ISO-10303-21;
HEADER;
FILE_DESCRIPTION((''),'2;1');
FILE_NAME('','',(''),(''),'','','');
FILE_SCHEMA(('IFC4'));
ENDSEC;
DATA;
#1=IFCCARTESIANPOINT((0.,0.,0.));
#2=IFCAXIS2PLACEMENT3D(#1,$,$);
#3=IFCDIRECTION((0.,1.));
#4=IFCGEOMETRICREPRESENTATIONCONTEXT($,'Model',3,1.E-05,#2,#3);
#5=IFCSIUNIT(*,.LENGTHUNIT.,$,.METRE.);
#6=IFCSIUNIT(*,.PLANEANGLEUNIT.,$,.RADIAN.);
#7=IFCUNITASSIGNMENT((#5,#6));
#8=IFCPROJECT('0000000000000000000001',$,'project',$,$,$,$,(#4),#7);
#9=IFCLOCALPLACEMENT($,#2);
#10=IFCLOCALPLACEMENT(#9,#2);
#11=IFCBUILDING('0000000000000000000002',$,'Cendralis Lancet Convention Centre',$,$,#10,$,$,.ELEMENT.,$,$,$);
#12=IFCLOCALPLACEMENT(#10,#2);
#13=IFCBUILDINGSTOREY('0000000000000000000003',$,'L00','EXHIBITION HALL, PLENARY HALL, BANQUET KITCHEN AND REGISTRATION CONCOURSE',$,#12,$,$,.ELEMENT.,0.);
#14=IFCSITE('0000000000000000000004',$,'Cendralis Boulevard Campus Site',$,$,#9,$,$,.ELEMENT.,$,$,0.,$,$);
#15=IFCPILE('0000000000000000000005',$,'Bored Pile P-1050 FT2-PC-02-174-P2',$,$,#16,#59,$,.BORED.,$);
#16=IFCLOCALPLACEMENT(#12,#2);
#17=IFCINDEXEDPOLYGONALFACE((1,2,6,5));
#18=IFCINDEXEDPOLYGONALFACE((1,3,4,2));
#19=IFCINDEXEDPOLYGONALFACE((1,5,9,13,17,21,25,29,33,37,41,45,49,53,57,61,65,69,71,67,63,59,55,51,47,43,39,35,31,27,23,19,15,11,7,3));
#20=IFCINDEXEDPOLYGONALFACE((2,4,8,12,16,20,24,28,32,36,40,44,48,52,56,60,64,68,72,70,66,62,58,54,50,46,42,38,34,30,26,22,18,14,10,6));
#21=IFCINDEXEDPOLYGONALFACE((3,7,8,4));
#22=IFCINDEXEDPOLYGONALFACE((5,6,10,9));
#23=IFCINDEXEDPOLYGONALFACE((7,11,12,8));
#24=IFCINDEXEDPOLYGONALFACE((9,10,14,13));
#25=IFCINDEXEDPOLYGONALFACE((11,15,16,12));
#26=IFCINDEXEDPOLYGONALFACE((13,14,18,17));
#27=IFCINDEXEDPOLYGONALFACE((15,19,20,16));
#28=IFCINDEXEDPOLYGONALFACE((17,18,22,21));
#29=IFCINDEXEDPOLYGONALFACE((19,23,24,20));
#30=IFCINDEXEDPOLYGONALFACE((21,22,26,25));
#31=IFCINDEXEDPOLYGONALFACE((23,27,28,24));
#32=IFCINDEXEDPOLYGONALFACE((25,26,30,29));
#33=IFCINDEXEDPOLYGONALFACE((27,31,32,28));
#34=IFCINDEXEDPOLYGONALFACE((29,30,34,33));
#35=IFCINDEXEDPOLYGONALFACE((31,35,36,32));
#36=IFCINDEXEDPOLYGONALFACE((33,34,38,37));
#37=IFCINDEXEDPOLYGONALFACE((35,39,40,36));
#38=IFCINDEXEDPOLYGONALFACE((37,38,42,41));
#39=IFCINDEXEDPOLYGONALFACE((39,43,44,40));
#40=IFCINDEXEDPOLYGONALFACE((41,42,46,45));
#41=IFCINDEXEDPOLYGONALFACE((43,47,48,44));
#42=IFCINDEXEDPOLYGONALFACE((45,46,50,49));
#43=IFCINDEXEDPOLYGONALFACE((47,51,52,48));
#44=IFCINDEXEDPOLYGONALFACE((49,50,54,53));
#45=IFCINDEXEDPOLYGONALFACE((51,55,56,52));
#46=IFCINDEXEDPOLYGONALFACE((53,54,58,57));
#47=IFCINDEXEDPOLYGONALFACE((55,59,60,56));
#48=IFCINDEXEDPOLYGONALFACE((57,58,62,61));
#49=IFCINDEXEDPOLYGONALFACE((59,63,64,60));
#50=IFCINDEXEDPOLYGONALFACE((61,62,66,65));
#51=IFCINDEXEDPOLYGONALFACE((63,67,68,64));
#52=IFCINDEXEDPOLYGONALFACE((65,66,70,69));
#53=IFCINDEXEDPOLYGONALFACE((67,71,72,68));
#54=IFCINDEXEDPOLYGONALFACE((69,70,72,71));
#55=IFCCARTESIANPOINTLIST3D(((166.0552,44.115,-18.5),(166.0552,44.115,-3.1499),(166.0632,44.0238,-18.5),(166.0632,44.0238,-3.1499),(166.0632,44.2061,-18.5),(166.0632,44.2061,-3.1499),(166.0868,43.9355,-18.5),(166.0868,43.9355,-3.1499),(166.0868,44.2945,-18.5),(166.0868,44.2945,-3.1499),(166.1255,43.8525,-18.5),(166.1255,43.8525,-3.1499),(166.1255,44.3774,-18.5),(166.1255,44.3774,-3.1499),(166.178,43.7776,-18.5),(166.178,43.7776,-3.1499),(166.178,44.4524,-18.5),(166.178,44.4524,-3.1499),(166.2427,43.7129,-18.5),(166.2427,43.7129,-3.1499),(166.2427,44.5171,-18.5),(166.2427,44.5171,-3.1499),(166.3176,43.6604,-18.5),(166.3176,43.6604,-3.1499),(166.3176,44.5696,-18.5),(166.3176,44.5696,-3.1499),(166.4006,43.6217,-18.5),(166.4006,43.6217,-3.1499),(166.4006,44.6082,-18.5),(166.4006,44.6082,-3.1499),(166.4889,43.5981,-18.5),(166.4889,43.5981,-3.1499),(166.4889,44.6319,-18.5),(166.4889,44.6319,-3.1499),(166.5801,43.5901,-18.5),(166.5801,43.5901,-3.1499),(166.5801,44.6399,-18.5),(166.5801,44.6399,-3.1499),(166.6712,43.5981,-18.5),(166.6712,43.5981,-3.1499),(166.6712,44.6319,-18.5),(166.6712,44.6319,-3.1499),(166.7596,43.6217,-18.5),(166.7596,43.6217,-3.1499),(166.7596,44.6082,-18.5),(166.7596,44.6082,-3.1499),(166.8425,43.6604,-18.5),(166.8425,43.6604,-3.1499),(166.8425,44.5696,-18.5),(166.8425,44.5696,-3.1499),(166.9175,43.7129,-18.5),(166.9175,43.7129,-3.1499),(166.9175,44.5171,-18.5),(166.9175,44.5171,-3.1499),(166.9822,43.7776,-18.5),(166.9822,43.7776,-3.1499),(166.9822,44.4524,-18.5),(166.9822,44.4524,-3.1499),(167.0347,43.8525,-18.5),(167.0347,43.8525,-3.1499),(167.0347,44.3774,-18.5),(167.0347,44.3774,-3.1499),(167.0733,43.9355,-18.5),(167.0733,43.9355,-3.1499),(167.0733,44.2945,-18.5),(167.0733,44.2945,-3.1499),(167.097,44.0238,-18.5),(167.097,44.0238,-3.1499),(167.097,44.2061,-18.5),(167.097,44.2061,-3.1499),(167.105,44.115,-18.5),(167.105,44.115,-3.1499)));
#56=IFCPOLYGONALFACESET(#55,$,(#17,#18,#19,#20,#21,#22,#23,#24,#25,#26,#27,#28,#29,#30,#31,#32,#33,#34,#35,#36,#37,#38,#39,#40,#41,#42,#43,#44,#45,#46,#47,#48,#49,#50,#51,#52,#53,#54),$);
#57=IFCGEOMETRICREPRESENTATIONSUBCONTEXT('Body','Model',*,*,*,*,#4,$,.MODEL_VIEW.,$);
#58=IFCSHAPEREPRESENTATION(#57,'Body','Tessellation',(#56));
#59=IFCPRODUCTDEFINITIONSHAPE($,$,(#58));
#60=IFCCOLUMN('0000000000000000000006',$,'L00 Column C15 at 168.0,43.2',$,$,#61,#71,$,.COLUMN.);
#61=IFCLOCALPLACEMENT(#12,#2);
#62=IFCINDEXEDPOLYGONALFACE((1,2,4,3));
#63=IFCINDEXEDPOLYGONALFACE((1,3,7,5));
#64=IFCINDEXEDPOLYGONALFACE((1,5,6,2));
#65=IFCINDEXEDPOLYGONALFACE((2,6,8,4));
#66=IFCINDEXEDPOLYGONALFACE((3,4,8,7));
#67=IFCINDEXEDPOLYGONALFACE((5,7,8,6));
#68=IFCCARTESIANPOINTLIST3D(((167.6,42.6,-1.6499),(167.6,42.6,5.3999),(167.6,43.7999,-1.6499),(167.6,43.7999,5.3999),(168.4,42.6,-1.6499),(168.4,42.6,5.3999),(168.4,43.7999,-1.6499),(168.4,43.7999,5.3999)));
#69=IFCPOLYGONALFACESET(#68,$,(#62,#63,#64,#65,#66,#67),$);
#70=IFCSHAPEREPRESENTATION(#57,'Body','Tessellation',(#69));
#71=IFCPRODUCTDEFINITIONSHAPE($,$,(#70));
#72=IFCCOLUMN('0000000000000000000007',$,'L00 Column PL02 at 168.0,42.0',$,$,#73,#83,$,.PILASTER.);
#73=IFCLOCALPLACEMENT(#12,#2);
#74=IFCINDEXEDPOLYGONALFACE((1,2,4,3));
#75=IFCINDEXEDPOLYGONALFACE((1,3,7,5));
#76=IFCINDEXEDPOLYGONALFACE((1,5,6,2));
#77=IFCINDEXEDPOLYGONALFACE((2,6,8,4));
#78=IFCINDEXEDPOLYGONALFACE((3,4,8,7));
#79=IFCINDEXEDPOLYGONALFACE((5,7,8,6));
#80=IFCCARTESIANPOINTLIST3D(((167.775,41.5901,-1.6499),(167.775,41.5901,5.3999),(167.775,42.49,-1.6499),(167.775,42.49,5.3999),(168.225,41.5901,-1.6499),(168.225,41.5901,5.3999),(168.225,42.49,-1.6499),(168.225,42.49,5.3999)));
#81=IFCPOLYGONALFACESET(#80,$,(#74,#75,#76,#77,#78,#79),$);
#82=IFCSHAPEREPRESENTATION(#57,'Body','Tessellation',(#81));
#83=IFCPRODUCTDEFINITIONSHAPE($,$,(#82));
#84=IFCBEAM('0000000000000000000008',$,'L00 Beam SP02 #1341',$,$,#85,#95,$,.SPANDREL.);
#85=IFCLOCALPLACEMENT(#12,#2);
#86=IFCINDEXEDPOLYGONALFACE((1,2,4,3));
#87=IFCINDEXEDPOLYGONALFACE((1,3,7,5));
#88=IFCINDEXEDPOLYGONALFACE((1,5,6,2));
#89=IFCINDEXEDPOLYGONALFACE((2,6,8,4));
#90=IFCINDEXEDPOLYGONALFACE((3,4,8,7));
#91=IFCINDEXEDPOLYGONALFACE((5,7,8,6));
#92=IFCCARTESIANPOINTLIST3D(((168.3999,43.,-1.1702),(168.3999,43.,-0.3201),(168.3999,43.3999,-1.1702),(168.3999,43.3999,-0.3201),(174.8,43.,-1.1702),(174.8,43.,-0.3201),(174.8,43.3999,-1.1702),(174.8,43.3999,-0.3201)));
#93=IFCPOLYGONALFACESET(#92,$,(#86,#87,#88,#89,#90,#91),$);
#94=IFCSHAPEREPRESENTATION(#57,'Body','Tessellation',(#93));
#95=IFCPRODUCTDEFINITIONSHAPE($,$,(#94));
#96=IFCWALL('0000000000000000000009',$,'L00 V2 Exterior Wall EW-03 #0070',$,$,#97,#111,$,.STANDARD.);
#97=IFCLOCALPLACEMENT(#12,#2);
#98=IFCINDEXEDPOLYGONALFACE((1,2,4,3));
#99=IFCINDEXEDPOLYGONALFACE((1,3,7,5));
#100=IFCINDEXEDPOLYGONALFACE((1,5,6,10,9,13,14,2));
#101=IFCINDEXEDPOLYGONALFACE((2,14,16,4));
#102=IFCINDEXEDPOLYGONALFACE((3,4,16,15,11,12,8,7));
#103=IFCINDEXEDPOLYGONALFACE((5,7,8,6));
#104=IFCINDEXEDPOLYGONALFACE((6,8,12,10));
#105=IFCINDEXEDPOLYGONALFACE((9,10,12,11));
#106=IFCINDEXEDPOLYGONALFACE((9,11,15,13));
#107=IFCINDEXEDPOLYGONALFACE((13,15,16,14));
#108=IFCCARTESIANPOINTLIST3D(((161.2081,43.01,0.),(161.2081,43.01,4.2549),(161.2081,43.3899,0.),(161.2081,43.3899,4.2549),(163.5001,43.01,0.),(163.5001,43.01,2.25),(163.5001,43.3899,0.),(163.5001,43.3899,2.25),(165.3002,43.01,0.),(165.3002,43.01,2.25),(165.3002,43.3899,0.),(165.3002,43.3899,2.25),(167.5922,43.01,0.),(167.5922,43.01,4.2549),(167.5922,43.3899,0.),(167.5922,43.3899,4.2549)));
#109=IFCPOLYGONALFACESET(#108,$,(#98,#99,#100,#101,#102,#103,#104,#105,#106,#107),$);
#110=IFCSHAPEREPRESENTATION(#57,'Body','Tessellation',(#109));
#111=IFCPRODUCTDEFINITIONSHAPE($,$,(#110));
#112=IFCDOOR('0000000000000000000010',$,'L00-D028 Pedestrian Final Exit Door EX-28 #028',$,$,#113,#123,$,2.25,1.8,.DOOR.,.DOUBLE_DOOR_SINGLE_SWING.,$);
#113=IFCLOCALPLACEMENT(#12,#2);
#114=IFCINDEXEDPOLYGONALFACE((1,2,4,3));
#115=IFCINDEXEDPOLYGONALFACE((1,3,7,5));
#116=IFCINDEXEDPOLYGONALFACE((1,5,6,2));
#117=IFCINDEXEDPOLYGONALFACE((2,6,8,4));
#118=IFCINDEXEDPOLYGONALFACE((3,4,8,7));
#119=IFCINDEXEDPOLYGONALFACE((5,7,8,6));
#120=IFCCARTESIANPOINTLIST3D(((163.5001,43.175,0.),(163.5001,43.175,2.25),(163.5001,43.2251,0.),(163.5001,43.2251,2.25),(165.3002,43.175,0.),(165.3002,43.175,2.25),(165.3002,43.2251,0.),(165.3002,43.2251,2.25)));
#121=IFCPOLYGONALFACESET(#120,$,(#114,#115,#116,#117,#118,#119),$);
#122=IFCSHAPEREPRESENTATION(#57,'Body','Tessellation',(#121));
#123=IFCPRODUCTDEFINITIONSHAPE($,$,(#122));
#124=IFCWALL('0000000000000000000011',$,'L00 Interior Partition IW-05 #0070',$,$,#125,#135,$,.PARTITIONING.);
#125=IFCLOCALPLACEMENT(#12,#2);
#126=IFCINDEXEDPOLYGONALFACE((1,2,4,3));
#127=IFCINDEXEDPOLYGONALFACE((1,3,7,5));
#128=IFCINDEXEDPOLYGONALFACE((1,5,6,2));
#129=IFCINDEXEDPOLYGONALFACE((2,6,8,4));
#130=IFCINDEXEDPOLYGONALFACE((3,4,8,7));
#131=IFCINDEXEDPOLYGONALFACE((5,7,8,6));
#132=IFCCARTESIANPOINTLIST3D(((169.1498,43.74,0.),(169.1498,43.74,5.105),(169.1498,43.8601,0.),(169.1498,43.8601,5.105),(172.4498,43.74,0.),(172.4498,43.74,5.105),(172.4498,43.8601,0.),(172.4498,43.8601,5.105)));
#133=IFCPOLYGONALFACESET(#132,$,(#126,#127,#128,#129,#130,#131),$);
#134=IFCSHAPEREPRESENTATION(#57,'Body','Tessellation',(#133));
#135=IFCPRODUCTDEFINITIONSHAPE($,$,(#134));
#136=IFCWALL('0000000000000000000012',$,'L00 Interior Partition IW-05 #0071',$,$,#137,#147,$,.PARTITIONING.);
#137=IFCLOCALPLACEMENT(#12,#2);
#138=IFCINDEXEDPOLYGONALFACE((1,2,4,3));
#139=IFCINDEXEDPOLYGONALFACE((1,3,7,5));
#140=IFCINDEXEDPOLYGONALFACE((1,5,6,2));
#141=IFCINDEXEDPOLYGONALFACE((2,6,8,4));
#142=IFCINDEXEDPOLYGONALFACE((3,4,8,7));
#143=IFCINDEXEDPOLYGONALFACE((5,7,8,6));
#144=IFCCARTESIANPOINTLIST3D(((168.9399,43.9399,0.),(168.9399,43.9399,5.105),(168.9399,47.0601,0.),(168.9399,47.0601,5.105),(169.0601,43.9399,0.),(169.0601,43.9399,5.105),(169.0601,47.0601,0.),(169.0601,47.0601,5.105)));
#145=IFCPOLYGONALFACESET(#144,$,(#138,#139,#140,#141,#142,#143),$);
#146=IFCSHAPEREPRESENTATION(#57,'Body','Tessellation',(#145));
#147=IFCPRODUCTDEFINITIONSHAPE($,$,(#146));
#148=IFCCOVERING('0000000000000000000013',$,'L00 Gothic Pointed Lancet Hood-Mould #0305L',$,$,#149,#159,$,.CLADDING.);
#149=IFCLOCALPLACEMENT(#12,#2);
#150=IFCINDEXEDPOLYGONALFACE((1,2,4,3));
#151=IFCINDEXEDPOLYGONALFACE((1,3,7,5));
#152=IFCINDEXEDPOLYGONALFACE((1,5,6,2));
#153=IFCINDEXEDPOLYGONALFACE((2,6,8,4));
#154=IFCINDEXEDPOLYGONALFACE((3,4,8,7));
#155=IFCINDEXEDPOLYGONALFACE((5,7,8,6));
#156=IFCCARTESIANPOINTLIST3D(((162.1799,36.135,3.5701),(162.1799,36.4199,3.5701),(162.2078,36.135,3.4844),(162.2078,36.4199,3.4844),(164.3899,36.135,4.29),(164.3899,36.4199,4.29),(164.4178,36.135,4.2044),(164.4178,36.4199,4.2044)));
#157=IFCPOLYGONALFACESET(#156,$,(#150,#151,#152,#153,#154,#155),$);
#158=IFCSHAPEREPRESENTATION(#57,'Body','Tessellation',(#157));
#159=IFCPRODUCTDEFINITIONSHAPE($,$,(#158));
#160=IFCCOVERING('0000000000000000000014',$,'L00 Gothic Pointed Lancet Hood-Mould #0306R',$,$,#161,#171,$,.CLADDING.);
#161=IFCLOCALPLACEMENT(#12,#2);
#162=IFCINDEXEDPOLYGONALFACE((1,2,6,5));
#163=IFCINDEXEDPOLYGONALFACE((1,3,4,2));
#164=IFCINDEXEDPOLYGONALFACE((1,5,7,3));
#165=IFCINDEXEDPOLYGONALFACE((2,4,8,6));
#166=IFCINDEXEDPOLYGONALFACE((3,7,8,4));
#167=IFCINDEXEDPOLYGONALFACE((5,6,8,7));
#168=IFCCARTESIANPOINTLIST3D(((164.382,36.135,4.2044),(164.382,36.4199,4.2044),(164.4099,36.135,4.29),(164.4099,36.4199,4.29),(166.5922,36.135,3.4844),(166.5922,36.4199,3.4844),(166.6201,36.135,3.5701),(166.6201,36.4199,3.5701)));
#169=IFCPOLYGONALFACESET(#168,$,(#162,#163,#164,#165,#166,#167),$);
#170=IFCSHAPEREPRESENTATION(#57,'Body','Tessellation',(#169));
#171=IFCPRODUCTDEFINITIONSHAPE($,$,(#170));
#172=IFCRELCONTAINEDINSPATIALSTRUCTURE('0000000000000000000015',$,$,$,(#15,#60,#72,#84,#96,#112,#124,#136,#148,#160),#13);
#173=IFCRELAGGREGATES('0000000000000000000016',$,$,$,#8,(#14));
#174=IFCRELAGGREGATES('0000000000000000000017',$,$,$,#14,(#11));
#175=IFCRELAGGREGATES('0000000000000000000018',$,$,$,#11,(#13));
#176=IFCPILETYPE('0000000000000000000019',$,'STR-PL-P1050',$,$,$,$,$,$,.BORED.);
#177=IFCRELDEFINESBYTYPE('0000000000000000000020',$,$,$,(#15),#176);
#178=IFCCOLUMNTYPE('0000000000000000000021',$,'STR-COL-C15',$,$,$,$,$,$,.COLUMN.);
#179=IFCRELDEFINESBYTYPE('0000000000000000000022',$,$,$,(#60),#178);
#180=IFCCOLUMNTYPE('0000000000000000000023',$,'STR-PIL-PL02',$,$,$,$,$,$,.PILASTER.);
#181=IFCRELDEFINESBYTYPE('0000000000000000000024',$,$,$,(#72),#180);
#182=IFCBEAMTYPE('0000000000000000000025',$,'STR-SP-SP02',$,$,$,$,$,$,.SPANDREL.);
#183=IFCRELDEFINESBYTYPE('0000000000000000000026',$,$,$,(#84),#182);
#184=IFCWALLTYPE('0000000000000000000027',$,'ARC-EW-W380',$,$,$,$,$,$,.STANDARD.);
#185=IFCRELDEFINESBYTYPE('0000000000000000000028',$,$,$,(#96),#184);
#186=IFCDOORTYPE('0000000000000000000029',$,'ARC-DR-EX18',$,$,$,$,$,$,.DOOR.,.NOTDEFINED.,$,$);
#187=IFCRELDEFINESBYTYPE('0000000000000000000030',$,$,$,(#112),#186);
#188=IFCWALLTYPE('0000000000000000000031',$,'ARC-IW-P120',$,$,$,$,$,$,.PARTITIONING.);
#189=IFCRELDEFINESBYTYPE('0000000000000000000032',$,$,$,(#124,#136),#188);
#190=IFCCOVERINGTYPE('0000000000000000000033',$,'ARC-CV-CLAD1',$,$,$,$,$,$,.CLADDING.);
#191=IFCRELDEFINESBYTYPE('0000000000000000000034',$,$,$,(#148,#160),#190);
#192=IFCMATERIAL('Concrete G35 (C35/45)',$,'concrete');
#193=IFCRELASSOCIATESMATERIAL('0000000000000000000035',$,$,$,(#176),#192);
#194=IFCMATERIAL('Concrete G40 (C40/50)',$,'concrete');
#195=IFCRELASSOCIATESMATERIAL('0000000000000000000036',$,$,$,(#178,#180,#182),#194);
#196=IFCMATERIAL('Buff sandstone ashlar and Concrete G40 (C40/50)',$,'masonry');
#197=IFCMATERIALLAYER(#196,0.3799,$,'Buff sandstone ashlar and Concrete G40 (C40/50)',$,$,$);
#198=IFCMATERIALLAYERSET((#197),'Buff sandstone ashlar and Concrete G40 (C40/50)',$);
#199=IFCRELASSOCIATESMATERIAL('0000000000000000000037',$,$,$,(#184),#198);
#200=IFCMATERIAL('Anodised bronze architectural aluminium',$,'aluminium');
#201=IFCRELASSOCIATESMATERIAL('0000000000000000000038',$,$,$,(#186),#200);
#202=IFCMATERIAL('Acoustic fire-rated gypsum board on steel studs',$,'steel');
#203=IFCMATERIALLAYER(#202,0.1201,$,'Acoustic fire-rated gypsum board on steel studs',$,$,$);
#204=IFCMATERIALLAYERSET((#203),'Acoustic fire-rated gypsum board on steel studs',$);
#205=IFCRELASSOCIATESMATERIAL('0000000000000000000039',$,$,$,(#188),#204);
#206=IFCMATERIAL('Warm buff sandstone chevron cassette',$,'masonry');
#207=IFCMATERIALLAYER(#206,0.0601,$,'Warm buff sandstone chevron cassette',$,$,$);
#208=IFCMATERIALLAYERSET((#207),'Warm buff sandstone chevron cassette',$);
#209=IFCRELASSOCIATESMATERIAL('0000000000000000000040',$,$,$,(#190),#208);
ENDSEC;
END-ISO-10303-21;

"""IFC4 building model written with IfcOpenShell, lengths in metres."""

from ifc_helpers import new_model, si_unit, direction, frame, frame_2d, origin, origin_2d, place, context, subcontext, project, spatial, polyline, rectangle, circle, outline, extrude, material, layer, layer_set, material_profile, profile_set, type_object, element, fill, save


model = new_model("IFC4")

# Units and contexts
model_context = context("Model", 3, precision=1e-05, world=origin(), true_north=direction((0.0, 1.0)))
body_context = subcontext(model_context, "Body", "Model", "MODEL_VIEW")
ifc_project = project(units=[si_unit("LENGTHUNIT", "METRE"), si_unit("PLANEANGLEUNIT", "RADIAN")], contexts=[model_context])

# Site, building, storey
site_placement = place(None, origin())
site = spatial("IfcSite", under=ifc_project, at=site_placement, Name="Cendralis Boulevard Campus Site", CompositionType="ELEMENT", RefElevation=0.0)
building_placement = place(site_placement, origin())
building = spatial("IfcBuilding", under=site, at=building_placement, Name="Cendralis Lancet Convention Centre", CompositionType="ELEMENT")
storey_placement = place(building_placement, origin())
storey = spatial("IfcBuildingStorey", under=building, at=storey_placement, Name="L00", Description="EXHIBITION HALL, PLENARY HALL, BANQUET KITCHEN AND REGISTRATION CONCOURSE", CompositionType="ELEMENT", Elevation=0.0)

# Shared definitions
ifc_material_1 = material(Name="Concrete G35 (C35/45)", Category="concrete")

# Pile
ifc_material_profile_1 = material_profile(ifc_material_1, circle(Radius=0.5249, at=origin_2d()), Name="BORED PILE D1050")
ifc_profile_set_1 = profile_set([ifc_material_profile_1], Name="Concrete G35 (C35/45)")
pile_type = type_object("IfcPileType", Name="STR-PL-P1050", PredefinedType="BORED", material=ifc_profile_set_1)
for number, where, z_axis, x_axis, name in (
    (1, (166.5801, 44.115, -3.1499), (0.0, 0.0, -1.0), (1.0, 0.0, 0.0), "Bored Pile P-1050 FT2-PC-02-174-P2"),
):
    element("IfcPile", number, at=place(storey_placement, frame(where, z_axis=z_axis, x_axis=x_axis)), inside=storey, type_object=pile_type, Name=name, PredefinedType="BORED", context=body_context, shape_type="SweptSolid", body=[
        extrude(circle(Radius=0.5249, at=origin_2d()), origin(), (0.0, 0.0, 1.0), 15.3501),
    ])

# Columns
ifc_material_2 = material(Name="Concrete G40 (C40/50)", Category="concrete")
ifc_material_profile_2 = material_profile(ifc_material_2, rectangle(XDim=0.8, YDim=1.2, at=origin_2d()), Name="RC 800x1200")
ifc_profile_set_2 = profile_set([ifc_material_profile_2], Name="Concrete G40 (C40/50)")
column_type_1 = type_object("IfcColumnType", Name="STR-COL-C15", PredefinedType="COLUMN", material=ifc_profile_set_2)
column_1_placement = place(storey_placement, frame((168.0, 43.2, -1.6499), z_axis=(0.0, 0.0, 1.0), x_axis=(1.0, 0.0, 0.0)))
element("IfcColumn", 2, at=column_1_placement, inside=storey, type_object=column_type_1, Name="L00 Column C15 at 168.0,43.2", PredefinedType="COLUMN", context=body_context, shape_type="SweptSolid", body=[
    extrude(rectangle(XDim=0.8, YDim=1.2, at=origin_2d()), origin(), (0.0, 0.0, 1.0), 7.0498),
])
ifc_material_profile_3 = material_profile(ifc_material_2, rectangle(XDim=0.45, YDim=0.8999, at=origin_2d()), Name="RC 450x900")
ifc_profile_set_3 = profile_set([ifc_material_profile_3], Name="Concrete G40 (C40/50)")
column_type_2 = type_object("IfcColumnType", Name="STR-PIL-PL02", PredefinedType="PILASTER", material=ifc_profile_set_3)
column_2_placement = place(storey_placement, frame((168.0, 42.04, -1.6499), z_axis=(0.0, 0.0, 1.0), x_axis=(1.0, 0.0, 0.0)))
element("IfcColumn", 3, at=column_2_placement, inside=storey, type_object=column_type_2, Name="L00 Column PL02 at 168.0,42.0", PredefinedType="PILASTER", context=body_context, shape_type="SweptSolid", body=[
    extrude(rectangle(XDim=0.45, YDim=0.8999, at=origin_2d()), origin(), (0.0, 0.0, 1.0), 7.0498),
])

# Beam
ifc_material_profile_4 = material_profile(ifc_material_2, rectangle(XDim=0.3999, YDim=0.8501, at=origin_2d()), Name="RCB 400x850")
ifc_profile_set_4 = profile_set([ifc_material_profile_4], Name="Concrete G40 (C40/50)")
beam_type = type_object("IfcBeamType", Name="STR-SP-SP02", PredefinedType="SPANDREL", material=ifc_profile_set_4)
beam_placement = place(storey_placement, frame((168.3999, 43.2, -0.7451), z_axis=(1.0, 0.0, 0.0), x_axis=(0.0, 1.0, 0.0)))
element("IfcBeam", 4, at=beam_placement, inside=storey, type_object=beam_type, Name="L00 Beam SP02 #1341", PredefinedType="SPANDREL", context=body_context, shape_type="SweptSolid", body=[
    extrude(rectangle(XDim=0.3999, YDim=0.8501, at=origin_2d()), origin(), (0.0, 0.0, 1.0), 6.4001),
])

# Wall, opening, door
ifc_material_3 = material(Name="Buff sandstone ashlar and Concrete G40 (C40/50)", Category="masonry")
ifc_layer_1 = layer(ifc_material_3, 0.3799, Name="Buff sandstone ashlar and Concrete G40 (C40/50)")
ifc_layer_set_1 = layer_set([ifc_layer_1], Name="Buff sandstone ashlar and Concrete G40 (C40/50)")
wall_type_1 = type_object("IfcWallType", Name="ARC-EW-W380", PredefinedType="STANDARD", material=ifc_layer_set_1)
wall_1_placement = place(storey_placement, frame((167.592, 43.2, 0.0), z_axis=(0.0, 0.0, 1.0), x_axis=(-1.0, 0.0, 0.0)))
wall_1 = element("IfcWall", 5, at=wall_1_placement, inside=storey, type_object=wall_type_1, Name="L00 V2 Exterior Wall EW-03 #0070", PredefinedType="STANDARD", context=body_context, shape_type="SweptSolid", body=[
    extrude(rectangle(XDim=6.384, YDim=0.3799, at=frame_2d((3.1919, 0.0))), origin(), (0.0, 0.0, 1.0), 4.2549),
])
opening_placement = place(wall_1_placement, frame((2.292, 0.0, 0.0)))
opening = element("IfcOpeningElement", 6, at=opening_placement, cuts=wall_1, PredefinedType="OPENING", context=body_context, shape_type="SweptSolid", body=[
    extrude(rectangle(XDim=1.8, YDim=2.25, at=frame_2d((0.8999, 1.125))), frame((0.0, 0.2, 0.0), z_axis=(0.0, -1.0, 0.0), x_axis=(1.0, 0.0, 0.0)), (0.0, 0.0, 1.0), 0.3999),
])
ifc_material_4 = material(Name="Anodised bronze architectural aluminium", Category="aluminium")
door_type = type_object("IfcDoorType", Name="ARC-DR-EX18", OperationType="NOTDEFINED", PredefinedType="DOOR", material=ifc_material_4)
door_placement = place(opening_placement, origin())
door = element("IfcDoor", 7, at=door_placement, inside=storey, type_object=door_type, Name="L00-D028 Pedestrian Final Exit Door EX-28 #028", OperationType="DOUBLE_DOOR_SINGLE_SWING", OverallHeight=2.25, OverallWidth=1.8, PredefinedType="DOOR", context=body_context, shape_type="SweptSolid", body=[
    extrude(rectangle(XDim=1.8, YDim=2.25, at=frame_2d((0.8999, 1.125))), frame((0.0, 0.0249, 0.0), z_axis=(0.0, -1.0, 0.0), x_axis=(1.0, 0.0, 0.0)), (0.0, 0.0, 1.0), 0.05),
])
fill(opening, door)

# Walls
ifc_material_5 = material(Name="Acoustic fire-rated gypsum board on steel studs", Category="steel")
ifc_layer_2 = layer(ifc_material_5, 0.1201, Name="Acoustic fire-rated gypsum board on steel studs")
ifc_layer_set_2 = layer_set([ifc_layer_2], Name="Acoustic fire-rated gypsum board on steel studs")
wall_type_2 = type_object("IfcWallType", Name="ARC-IW-P120", PredefinedType="PARTITIONING", material=ifc_layer_set_2)
wall_2_placement = place(storey_placement, frame((169.1499, 43.8, 0.0), z_axis=(0.0, 0.0, 1.0), x_axis=(1.0, 0.0, 0.0)))
element("IfcWall", 8, at=wall_2_placement, inside=storey, type_object=wall_type_2, Name="L00 Interior Partition IW-05 #0070", PredefinedType="PARTITIONING", context=body_context, shape_type="SweptSolid", body=[
    extrude(rectangle(XDim=3.3, YDim=0.1201, at=frame_2d((1.6499, 0.0))), origin(), (0.0, 0.0, 1.0), 5.105),
])
wall_3_placement = place(storey_placement, frame((169.0, 43.9399, 0.0), z_axis=(0.0, 0.0, 1.0), x_axis=(0.0, 1.0, 0.0)))
element("IfcWall", 9, at=wall_3_placement, inside=storey, type_object=wall_type_2, Name="L00 Interior Partition IW-05 #0071", PredefinedType="PARTITIONING", context=body_context, shape_type="SweptSolid", body=[
    extrude(rectangle(XDim=3.1201, YDim=0.1201, at=frame_2d((1.5601, 0.0))), origin(), (0.0, 0.0, 1.0), 5.105),
])

# Coverings
ifc_material_6 = material(Name="Warm buff sandstone chevron cassette", Category="masonry")
ifc_layer_3 = layer(ifc_material_6, 0.0601, Name="Warm buff sandstone chevron cassette")
ifc_layer_set_3 = layer_set([ifc_layer_3], Name="Warm buff sandstone chevron cassette")
covering_type = type_object("IfcCoveringType", Name="ARC-CV-CLAD1", PredefinedType="CLADDING", material=ifc_layer_set_3)
covering_1_placement = place(storey_placement, frame((162.1799, 36.4199, 3.5701), z_axis=(-0.309761, 0.0, 0.950815), x_axis=(0.0, -1.0, 0.0)))
element("IfcCovering", 10, at=covering_1_placement, inside=storey, type_object=covering_type, Name="L00 Gothic Pointed Lancet Hood-Mould #0305L", PredefinedType="CLADDING", context=body_context, shape_type="SweptSolid", body=[
    extrude(outline(polyline([(0.0, 0.0), (0.2849, 0.0), (0.2849, 2.3243), (0.0, 2.3243), (0.0, 0.0)])), origin(), (0.0, 0.0, -1.0), 0.0901),
])
covering_2_placement = place(storey_placement, frame((164.4099, 36.4199, 4.29), z_axis=(0.30973, 0.0, 0.950825), x_axis=(0.0, -1.0, 0.0)))
element("IfcCovering", 11, at=covering_2_placement, inside=storey, type_object=covering_type, Name="L00 Gothic Pointed Lancet Hood-Mould #0306R", PredefinedType="CLADDING", context=body_context, shape_type="SweptSolid", body=[
    extrude(outline(polyline([(0.0, 0.0), (0.2849, 0.0), (0.2849, 2.3245), (0.0, 2.3245), (0.0, 0.0)])), origin(), (0.0, 0.0, -1.0), 0.0901),
])

save(model, "model.ifc")
